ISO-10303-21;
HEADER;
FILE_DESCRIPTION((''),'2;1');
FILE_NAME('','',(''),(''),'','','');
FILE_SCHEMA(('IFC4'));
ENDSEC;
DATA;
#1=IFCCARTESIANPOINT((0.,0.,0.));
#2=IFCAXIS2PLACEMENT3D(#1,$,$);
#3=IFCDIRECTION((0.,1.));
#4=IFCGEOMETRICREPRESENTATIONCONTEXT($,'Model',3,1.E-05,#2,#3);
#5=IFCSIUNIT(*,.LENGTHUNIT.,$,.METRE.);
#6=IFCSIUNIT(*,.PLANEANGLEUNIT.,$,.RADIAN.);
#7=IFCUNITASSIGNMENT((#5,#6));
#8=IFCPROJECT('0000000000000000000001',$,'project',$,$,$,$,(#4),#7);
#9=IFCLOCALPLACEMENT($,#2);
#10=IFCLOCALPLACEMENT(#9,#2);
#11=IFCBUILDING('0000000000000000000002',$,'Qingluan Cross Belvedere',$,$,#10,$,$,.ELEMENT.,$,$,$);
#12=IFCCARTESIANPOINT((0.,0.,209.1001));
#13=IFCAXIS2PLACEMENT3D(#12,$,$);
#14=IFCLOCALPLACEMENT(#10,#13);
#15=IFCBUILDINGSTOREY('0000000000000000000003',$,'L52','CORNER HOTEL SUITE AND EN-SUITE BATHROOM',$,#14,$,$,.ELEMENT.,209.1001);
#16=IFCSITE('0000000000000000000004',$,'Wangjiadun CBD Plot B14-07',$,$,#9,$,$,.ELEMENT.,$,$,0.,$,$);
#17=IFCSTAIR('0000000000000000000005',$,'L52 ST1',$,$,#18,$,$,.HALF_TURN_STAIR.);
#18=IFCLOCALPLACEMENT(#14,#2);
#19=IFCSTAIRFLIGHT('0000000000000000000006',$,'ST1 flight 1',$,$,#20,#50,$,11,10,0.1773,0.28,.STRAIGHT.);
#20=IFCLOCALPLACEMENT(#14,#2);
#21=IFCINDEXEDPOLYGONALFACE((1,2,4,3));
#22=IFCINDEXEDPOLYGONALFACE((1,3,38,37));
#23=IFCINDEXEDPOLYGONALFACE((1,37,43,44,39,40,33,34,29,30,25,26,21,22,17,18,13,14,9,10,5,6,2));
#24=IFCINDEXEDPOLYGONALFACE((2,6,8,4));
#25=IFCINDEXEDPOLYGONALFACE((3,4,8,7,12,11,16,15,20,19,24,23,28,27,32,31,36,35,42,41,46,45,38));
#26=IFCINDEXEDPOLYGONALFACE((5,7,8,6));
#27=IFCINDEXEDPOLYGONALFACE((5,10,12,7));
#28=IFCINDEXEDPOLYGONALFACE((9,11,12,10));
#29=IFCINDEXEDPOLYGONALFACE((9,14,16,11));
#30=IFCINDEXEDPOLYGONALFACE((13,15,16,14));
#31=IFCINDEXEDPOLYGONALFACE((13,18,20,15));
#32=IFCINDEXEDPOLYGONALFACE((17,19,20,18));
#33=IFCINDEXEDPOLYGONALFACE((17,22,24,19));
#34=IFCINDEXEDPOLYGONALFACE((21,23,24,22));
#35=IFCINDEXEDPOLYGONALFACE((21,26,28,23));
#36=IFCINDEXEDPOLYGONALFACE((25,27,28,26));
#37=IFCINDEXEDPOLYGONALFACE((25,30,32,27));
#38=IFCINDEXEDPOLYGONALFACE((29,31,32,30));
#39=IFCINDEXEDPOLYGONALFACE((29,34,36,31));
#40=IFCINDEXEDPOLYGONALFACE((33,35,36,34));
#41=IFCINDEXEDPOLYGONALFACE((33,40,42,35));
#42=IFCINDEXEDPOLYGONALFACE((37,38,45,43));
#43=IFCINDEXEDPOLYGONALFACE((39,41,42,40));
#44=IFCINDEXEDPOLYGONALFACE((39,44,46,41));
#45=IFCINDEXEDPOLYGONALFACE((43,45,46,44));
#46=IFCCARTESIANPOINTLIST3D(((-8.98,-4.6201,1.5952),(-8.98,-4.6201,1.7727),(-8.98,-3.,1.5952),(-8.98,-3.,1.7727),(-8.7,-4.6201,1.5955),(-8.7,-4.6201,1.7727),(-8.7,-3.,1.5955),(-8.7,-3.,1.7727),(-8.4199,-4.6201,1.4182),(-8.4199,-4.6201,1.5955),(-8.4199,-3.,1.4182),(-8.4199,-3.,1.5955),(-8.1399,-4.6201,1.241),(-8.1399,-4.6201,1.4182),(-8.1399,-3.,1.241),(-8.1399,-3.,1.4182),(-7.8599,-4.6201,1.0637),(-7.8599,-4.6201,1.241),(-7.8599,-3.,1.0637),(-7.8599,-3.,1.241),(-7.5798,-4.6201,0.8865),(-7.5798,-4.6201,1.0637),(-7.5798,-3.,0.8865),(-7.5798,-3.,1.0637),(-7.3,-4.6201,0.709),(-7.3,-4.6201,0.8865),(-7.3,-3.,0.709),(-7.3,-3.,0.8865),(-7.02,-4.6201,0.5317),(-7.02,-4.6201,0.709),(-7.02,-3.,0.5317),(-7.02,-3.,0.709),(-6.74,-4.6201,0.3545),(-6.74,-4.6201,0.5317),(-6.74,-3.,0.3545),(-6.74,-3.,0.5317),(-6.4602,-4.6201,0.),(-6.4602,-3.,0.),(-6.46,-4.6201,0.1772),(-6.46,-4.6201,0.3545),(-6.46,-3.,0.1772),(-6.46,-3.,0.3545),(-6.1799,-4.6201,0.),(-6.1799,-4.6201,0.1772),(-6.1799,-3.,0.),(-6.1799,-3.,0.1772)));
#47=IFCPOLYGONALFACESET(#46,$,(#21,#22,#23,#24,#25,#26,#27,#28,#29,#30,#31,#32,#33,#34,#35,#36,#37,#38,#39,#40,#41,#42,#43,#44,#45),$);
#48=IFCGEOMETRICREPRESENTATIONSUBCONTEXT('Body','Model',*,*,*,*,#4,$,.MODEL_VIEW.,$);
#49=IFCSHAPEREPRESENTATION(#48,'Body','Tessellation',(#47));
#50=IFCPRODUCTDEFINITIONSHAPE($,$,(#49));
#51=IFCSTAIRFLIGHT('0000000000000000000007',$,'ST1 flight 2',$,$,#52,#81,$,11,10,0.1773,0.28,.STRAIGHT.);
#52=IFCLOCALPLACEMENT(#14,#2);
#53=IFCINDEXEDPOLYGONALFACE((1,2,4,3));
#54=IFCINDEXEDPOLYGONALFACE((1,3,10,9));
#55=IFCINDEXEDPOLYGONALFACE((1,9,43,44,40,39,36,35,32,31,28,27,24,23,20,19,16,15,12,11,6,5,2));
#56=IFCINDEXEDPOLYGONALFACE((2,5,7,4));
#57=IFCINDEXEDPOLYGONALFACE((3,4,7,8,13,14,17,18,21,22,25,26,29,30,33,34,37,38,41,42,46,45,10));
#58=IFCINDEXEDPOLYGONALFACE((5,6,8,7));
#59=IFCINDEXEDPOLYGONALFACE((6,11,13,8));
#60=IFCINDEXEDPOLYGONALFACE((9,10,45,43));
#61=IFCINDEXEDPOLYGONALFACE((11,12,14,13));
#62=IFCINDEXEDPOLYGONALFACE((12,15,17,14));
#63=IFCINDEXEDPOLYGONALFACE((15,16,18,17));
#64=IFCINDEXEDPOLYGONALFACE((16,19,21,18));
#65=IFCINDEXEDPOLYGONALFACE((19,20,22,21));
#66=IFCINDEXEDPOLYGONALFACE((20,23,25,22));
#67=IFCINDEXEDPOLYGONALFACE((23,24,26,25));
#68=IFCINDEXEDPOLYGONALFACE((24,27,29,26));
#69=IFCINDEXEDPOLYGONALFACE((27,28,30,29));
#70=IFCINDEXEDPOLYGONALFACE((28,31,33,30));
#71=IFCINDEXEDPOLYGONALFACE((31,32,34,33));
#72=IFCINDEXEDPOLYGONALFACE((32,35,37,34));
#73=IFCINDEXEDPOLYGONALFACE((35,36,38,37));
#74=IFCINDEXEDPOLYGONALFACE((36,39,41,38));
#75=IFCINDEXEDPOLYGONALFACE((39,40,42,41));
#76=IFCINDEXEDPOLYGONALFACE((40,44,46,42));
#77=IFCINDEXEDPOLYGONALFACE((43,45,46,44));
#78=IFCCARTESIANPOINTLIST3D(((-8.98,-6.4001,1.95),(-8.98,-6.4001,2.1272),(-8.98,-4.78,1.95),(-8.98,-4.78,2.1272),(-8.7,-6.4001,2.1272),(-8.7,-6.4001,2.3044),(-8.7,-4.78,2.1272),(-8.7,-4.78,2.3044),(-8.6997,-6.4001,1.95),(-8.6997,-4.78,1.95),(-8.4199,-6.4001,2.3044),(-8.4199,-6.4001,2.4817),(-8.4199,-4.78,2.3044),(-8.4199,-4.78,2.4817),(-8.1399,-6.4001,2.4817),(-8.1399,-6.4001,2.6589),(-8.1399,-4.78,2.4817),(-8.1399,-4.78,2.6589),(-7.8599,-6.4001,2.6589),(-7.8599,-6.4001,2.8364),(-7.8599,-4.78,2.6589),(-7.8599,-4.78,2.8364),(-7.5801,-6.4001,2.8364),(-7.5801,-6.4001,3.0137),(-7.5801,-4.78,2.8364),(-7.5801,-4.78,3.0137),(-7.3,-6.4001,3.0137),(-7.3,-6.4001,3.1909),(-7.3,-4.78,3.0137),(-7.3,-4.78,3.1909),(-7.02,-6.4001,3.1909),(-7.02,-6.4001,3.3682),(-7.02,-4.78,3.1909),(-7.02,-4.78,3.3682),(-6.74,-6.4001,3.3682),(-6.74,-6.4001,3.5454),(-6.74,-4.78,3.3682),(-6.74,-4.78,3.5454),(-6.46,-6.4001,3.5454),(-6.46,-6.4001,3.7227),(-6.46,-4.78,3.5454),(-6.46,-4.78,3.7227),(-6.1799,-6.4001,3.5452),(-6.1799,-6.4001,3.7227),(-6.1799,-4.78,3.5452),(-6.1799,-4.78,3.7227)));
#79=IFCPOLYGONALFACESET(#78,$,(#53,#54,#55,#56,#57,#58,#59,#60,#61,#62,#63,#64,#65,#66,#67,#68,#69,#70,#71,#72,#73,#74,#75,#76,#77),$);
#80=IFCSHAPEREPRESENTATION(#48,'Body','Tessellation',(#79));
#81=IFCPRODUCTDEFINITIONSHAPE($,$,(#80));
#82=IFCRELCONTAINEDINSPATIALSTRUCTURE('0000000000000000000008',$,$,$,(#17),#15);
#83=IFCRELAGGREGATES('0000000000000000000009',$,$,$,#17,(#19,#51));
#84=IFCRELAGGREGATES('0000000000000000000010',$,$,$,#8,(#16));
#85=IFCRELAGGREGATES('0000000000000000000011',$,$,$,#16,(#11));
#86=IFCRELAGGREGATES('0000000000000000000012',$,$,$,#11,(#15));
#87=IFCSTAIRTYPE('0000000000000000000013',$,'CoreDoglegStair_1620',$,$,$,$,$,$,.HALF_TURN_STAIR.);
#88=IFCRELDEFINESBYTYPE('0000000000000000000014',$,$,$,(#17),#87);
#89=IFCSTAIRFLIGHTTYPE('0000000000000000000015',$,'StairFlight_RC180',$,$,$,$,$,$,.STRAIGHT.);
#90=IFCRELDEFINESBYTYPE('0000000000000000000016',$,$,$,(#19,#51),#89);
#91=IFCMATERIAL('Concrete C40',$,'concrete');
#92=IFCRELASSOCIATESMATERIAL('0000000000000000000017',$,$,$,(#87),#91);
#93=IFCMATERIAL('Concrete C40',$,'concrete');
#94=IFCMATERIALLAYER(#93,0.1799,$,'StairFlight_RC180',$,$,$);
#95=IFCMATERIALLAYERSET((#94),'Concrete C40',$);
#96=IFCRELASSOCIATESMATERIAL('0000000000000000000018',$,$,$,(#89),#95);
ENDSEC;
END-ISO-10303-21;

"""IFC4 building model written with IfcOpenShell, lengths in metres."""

from ifc_helpers import new_model, si_unit, direction, frame, origin, place, context, subcontext, project, spatial, polyline, outline, extrude, material, layer, layer_set, type_object, element, aggregate, save


model = new_model("IFC4")

# Units and contexts
model_context = context("Model", 3, precision=1e-05, world=origin(), true_north=direction((0.0, 1.0)))
body_context = subcontext(model_context, "Body", "Model", "MODEL_VIEW")
ifc_project = project(units=[si_unit("LENGTHUNIT", "METRE"), si_unit("PLANEANGLEUNIT", "RADIAN")], contexts=[model_context])

# Site, building, storey
site_placement = place(None, origin())
site = spatial("IfcSite", under=ifc_project, at=site_placement, Name="Wangjiadun CBD Plot B14-07", CompositionType="ELEMENT", RefElevation=0.0)
building_placement = place(site_placement, origin())
building = spatial("IfcBuilding", under=site, at=building_placement, Name="Qingluan Cross Belvedere", CompositionType="ELEMENT")
storey_placement = place(building_placement, frame((0.0, 0.0, 209.1001)))
storey = spatial("IfcBuildingStorey", under=building, at=storey_placement, Name="L52", Description="CORNER HOTEL SUITE AND EN-SUITE BATHROOM", CompositionType="ELEMENT", Elevation=209.1001)

# Stair, stair flights
ifc_material_1 = material(Name="Concrete C40", Category="concrete")
stair_type = type_object("IfcStairType", Name="CoreDoglegStair_1620", PredefinedType="HALF_TURN_STAIR", material=ifc_material_1)
stair_placement = place(storey_placement, origin())
stair = element("IfcStair", 1, at=stair_placement, inside=storey, type_object=stair_type, Name="L52 ST1", PredefinedType="HALF_TURN_STAIR")
ifc_material_2 = material(Name="Concrete C40", Category="concrete")
ifc_layer_1 = layer(ifc_material_2, 0.1799, Name="StairFlight_RC180")
ifc_layer_set_1 = layer_set([ifc_layer_1], Name="Concrete C40")
stair_flight_type = type_object("IfcStairFlightType", Name="StairFlight_RC180", PredefinedType="STRAIGHT", material=ifc_layer_set_1)
stair_flight_1_placement = place(storey_placement, frame((-6.1799, -3.8101, 0.0), z_axis=(0.0, 0.0, 1.0), x_axis=(-1.0, 0.0, 0.0)))
stair_flight_1 = element("IfcStairFlight", 2, at=stair_flight_1_placement, type_object=stair_flight_type, Name="ST1 flight 1", NumberOfRisers=11, NumberOfTreads=10, PredefinedType="STRAIGHT", RiserHeight=0.1773, TreadLength=0.28, context=body_context, shape_type="SweptSolid", body=[
    extrude(outline(polyline([(0.0, 0.0), (0.0, 0.1772), (0.28, 0.1772), (0.28, 0.3545), (0.5601, 0.3545), (0.5601, 0.5317), (0.8401, 0.5317), (0.8401, 0.709), (1.1201, 0.709), (1.1201, 0.8865), (1.3999, 0.8865), (1.3999, 1.0637), (1.6799, 1.0637), (1.6799, 1.241), (1.96, 1.241), (1.96, 1.4182), (2.24, 1.4182), (2.24, 1.5955), (2.52, 1.5955), (2.52, 1.7727), (2.8, 1.7727), (2.8, 1.95), (2.8, 1.5952), (0.2803, 0.0), (0.0, 0.0)])), frame((0.0, 0.8101, 0.0), z_axis=(0.0, -1.0, 0.0), x_axis=(1.0, 0.0, 0.0)), (0.0, 0.0, 1.0), 1.6201),
])
stair_flight_2_placement = place(storey_placement, frame((-8.98, -5.5901, 1.95), z_axis=(0.0, 0.0, 1.0), x_axis=(1.0, 0.0, 0.0)))
stair_flight_2 = element("IfcStairFlight", 3, at=stair_flight_2_placement, type_object=stair_flight_type, Name="ST1 flight 2", NumberOfRisers=11, NumberOfTreads=10, PredefinedType="STRAIGHT", RiserHeight=0.1773, TreadLength=0.28, context=body_context, shape_type="SweptSolid", body=[
    extrude(outline(polyline([(0.0, 0.0), (0.0, 0.1772), (0.28, 0.1772), (0.28, 0.3545), (0.5601, 0.3545), (0.5601, 0.5317), (0.8401, 0.5317), (0.8401, 0.709), (1.1201, 0.709), (1.1201, 0.8865), (1.3999, 0.8865), (1.3999, 1.0637), (1.6799, 1.0637), (1.6799, 1.241), (1.96, 1.241), (1.96, 1.4182), (2.24, 1.4182), (2.24, 1.5955), (2.52, 1.5955), (2.52, 1.7727), (2.8, 1.7727), (2.8, 1.95), (2.8, 1.5952), (0.2803, 0.0), (0.0, 0.0)])), frame((0.0, 0.8101, 0.0), z_axis=(0.0, -1.0, 0.0), x_axis=(1.0, 0.0, 0.0)), (0.0, 0.0, 1.0), 1.6201),
])
aggregate(stair, [stair_flight_1, stair_flight_2])

save(model, "model.ifc")
